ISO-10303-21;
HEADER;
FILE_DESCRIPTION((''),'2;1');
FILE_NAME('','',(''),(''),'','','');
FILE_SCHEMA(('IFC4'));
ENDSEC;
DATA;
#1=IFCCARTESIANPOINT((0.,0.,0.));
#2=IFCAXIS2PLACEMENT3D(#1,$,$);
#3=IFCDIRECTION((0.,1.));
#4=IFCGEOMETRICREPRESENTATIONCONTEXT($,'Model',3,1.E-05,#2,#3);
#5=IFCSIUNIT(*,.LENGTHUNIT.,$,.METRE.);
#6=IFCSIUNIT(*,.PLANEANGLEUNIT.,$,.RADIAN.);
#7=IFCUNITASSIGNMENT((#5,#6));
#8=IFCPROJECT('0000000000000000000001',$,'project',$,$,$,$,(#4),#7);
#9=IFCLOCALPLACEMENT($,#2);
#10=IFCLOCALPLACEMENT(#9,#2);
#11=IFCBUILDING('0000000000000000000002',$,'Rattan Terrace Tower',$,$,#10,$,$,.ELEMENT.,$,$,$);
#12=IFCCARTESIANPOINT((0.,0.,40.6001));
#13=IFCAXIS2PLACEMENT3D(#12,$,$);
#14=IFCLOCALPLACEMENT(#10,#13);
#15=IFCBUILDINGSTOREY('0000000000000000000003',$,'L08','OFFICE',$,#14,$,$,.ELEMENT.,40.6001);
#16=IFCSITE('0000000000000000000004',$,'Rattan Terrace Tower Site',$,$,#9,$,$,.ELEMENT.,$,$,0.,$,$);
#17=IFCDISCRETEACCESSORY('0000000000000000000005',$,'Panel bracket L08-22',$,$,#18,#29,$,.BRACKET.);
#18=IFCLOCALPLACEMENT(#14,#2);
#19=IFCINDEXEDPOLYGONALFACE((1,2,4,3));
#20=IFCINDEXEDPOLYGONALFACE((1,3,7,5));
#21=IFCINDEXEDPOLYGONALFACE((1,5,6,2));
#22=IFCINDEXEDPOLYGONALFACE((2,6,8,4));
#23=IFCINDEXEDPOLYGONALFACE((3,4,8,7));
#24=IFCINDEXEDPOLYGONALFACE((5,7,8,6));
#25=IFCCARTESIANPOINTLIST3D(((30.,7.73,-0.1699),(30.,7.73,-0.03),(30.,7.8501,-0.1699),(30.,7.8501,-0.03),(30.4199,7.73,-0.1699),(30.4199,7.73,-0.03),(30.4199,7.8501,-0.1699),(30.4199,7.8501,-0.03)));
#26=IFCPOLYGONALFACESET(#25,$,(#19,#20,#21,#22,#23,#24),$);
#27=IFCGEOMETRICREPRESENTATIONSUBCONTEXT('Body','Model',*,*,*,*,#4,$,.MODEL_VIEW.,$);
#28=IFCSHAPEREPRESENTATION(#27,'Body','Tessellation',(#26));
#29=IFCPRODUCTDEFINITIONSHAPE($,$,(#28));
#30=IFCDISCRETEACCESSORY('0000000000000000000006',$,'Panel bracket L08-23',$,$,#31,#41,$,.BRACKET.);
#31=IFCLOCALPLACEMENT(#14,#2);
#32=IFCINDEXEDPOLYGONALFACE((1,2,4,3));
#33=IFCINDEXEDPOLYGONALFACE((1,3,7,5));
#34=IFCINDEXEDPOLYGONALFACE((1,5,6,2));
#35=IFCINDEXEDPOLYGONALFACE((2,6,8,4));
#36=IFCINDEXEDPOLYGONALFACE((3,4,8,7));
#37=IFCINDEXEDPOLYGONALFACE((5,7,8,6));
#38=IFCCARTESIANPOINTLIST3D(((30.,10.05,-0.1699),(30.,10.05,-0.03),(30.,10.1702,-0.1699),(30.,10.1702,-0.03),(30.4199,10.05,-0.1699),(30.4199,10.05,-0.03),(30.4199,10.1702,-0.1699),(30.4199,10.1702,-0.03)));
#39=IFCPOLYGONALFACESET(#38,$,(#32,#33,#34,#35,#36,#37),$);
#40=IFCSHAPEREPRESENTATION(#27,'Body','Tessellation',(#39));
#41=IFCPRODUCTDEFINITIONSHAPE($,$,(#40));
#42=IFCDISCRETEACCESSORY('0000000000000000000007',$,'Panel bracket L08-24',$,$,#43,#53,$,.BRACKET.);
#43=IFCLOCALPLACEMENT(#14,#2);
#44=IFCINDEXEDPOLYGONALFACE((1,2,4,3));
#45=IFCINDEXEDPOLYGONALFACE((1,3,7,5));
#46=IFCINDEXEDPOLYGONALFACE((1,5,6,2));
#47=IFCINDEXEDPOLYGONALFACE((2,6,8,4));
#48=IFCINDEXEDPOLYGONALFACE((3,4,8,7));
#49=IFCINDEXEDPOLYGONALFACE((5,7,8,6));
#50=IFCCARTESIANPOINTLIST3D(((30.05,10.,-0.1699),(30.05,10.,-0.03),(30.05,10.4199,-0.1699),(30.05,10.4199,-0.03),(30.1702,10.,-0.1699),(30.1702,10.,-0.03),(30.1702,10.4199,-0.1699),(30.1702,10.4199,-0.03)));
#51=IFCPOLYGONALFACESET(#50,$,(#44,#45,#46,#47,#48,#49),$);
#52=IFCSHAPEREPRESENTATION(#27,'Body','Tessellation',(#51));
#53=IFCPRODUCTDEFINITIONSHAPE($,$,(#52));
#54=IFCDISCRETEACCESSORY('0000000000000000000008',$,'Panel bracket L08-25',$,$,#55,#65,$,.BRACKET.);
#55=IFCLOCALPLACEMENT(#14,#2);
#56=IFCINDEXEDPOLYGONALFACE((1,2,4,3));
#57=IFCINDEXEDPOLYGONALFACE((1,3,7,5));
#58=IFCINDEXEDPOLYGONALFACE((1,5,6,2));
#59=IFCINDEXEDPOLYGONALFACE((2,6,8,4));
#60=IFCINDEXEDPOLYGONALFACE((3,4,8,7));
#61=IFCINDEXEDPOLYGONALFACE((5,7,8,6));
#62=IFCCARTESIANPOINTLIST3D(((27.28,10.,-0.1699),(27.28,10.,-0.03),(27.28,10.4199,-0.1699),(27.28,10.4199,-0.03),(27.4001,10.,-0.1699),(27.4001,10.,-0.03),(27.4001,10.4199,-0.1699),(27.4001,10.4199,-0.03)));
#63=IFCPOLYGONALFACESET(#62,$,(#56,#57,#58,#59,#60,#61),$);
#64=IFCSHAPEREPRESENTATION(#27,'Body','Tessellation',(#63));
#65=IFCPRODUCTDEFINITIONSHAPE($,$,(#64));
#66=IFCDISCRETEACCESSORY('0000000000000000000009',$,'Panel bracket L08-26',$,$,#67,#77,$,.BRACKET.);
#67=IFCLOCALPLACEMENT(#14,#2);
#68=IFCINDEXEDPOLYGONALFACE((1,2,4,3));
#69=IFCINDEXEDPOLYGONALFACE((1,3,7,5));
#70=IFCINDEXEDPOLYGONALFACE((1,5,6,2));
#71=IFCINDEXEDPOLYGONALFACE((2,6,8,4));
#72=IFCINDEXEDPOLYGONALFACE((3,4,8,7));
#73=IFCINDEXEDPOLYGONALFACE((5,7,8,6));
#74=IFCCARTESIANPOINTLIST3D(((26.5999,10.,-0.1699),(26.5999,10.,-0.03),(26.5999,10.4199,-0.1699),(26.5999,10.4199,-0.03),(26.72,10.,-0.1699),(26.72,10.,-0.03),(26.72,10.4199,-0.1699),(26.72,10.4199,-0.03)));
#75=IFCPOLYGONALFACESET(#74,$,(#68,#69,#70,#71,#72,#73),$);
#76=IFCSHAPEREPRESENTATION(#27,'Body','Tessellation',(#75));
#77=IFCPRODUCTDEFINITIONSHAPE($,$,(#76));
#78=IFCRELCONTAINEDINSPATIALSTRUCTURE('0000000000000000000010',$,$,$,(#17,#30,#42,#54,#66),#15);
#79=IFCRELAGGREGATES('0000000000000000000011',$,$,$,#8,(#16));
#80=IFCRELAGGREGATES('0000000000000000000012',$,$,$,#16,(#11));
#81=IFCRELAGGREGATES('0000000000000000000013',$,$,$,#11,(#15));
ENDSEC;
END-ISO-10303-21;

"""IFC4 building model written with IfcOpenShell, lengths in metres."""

from ifc_helpers import new_model, si_unit, direction, frame, origin, origin_2d, place, context, subcontext, project, spatial, rectangle, extrude, element, save


model = new_model("IFC4")

# Units and contexts
model_context = context("Model", 3, precision=1e-05, world=origin(), true_north=direction((0.0, 1.0)))
body_context = subcontext(model_context, "Body", "Model", "MODEL_VIEW")
ifc_project = project(units=[si_unit("LENGTHUNIT", "METRE"), si_unit("PLANEANGLEUNIT", "RADIAN")], contexts=[model_context])

# Site, building, storey
site_placement = place(None, origin())
site = spatial("IfcSite", under=ifc_project, at=site_placement, Name="Rattan Terrace Tower Site", CompositionType="ELEMENT", RefElevation=0.0)
building_placement = place(site_placement, origin())
building = spatial("IfcBuilding", under=site, at=building_placement, Name="Rattan Terrace Tower", CompositionType="ELEMENT")
storey_placement = place(building_placement, frame((0.0, 0.0, 40.6001)))
storey = spatial("IfcBuildingStorey", under=building, at=storey_placement, Name="L08", Description="OFFICE", CompositionType="ELEMENT", Elevation=40.6001)

# Discrete accessories
for number, where, z_axis, x_axis, name in (
    (1, (30.21, 7.79, -0.1699), (0.0, 0.0, 1.0), (0.0, 1.0, 0.0), "Panel bracket L08-22"),
    (2, (30.21, 10.1101, -0.1699), (0.0, 0.0, 1.0), (0.0, 1.0, 0.0), "Panel bracket L08-23"),
    (3, (30.1101, 10.21, -0.1699), (0.0, 0.0, 1.0), (-1.0, 0.0, 0.0), "Panel bracket L08-24"),
    (4, (27.3401, 10.21, -0.1699), (0.0, 0.0, 1.0), (-1.0, 0.0, 0.0), "Panel bracket L08-25"),
    (5, (26.6599, 10.21, -0.1699), (0.0, 0.0, 1.0), (-1.0, 0.0, 0.0), "Panel bracket L08-26"),
):
    element("IfcDiscreteAccessory", number, at=place(storey_placement, frame(where, z_axis=z_axis, x_axis=x_axis)), inside=storey, Name=name, PredefinedType="BRACKET", context=body_context, shape_type="SweptSolid", body=[
        extrude(rectangle(XDim=0.1201, YDim=0.4199, at=origin_2d()), origin(), (0.0, 0.0, 1.0), 0.1399),
    ])

save(model, "model.ifc")
